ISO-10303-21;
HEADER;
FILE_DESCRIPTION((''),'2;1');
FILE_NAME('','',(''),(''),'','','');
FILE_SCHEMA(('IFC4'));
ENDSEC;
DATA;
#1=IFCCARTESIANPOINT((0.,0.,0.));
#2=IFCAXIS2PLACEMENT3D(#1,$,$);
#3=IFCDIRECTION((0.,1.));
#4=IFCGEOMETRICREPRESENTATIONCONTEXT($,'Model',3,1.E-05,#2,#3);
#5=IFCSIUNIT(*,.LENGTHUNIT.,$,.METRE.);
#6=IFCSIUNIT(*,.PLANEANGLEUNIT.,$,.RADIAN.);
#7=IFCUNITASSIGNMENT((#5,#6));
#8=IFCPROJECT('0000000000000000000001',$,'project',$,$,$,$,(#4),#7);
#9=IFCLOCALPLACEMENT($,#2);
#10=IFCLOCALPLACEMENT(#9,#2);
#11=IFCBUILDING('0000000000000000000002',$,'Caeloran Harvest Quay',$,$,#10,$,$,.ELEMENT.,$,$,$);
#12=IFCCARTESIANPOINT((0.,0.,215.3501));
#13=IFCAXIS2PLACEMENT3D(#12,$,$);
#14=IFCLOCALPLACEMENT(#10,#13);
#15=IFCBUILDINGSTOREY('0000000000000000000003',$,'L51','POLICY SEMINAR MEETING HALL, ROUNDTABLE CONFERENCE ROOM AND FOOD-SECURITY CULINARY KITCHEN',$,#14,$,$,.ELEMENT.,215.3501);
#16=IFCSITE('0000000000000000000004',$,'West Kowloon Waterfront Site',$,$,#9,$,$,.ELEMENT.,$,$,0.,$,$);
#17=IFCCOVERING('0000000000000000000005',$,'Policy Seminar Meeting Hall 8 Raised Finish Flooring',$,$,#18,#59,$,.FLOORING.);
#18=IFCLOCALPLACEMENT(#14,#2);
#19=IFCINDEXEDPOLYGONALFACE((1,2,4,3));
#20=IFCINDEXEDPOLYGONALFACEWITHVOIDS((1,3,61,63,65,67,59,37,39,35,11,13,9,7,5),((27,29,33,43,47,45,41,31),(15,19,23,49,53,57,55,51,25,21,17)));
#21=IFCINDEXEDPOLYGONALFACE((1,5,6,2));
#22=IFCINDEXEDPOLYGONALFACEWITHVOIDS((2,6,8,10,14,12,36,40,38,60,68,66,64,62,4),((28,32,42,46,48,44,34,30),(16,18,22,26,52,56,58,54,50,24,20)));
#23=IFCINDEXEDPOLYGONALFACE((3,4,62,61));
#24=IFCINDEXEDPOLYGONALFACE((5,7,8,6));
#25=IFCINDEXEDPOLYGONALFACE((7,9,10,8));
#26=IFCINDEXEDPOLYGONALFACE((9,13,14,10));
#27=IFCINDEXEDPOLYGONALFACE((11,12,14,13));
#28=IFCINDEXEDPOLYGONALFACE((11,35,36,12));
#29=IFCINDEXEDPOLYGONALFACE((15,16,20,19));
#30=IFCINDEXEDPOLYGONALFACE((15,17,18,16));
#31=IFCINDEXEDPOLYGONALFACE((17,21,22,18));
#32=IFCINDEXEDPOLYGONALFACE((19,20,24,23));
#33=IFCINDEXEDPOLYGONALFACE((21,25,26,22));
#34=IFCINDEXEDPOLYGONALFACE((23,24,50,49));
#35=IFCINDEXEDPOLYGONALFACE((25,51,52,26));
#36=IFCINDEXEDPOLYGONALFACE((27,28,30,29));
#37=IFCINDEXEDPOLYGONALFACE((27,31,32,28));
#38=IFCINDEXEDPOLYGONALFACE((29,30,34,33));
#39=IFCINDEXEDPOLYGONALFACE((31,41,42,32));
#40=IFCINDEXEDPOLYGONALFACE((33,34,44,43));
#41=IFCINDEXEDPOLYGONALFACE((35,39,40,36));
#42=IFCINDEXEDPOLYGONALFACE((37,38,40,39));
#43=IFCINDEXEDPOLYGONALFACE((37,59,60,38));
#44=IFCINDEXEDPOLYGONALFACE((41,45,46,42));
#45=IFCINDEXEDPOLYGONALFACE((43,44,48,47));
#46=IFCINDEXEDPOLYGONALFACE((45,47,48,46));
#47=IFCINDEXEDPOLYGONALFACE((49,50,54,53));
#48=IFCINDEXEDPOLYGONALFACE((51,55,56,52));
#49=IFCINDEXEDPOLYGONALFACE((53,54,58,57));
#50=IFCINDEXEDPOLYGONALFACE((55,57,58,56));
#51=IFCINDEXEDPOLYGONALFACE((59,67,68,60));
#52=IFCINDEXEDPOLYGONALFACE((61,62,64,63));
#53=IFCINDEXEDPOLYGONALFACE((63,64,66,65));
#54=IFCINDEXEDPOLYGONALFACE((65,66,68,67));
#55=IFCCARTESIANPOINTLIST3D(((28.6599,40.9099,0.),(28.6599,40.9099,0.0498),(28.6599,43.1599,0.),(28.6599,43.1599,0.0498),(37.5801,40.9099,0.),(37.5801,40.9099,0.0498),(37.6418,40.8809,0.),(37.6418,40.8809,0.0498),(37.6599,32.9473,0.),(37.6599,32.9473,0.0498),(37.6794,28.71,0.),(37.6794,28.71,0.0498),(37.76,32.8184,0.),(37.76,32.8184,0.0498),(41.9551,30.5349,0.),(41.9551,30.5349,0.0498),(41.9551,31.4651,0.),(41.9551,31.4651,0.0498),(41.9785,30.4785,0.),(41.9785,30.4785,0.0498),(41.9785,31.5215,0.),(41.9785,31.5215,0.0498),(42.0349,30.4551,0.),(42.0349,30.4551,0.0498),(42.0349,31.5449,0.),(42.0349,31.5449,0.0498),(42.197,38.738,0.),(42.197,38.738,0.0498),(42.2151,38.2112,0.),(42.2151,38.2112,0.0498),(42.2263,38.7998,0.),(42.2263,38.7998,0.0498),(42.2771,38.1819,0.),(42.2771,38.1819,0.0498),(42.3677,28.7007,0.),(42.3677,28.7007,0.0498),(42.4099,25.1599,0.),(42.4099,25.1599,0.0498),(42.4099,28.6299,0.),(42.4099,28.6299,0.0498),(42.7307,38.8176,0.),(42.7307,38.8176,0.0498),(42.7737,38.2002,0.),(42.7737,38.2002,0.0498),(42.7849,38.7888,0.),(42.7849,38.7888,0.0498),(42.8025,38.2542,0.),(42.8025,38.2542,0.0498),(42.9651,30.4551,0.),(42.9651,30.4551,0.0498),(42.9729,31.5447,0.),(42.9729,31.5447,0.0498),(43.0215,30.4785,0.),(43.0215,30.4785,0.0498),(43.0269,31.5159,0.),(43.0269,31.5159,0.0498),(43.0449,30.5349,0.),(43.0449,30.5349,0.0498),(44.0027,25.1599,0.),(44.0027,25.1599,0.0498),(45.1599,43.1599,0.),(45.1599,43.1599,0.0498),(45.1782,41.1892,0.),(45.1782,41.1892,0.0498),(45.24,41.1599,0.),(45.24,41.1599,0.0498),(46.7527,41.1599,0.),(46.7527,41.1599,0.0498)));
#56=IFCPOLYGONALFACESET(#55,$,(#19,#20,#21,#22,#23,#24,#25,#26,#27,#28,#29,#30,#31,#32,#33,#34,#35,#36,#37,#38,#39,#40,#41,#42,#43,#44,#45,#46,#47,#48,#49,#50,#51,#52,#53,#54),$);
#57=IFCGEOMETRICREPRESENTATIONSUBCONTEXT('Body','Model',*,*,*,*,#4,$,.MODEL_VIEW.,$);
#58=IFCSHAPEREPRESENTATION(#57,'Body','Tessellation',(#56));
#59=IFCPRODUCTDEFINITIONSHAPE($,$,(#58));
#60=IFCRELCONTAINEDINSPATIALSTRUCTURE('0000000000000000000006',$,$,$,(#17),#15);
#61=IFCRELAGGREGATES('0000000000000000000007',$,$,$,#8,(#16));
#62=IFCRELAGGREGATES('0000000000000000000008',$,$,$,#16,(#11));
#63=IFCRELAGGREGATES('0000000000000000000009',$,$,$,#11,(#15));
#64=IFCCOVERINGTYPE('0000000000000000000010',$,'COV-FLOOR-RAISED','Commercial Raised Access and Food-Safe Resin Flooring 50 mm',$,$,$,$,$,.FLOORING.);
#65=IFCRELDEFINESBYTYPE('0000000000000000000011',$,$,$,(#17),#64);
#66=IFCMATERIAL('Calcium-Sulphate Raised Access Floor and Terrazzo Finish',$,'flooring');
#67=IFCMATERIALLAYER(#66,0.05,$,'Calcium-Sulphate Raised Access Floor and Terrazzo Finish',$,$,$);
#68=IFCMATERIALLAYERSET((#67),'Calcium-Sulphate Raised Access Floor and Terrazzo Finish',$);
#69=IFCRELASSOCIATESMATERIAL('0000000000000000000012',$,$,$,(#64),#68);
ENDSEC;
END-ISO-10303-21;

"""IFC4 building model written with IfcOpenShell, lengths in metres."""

from ifc_helpers import new_model, si_unit, direction, frame, origin, place, context, subcontext, project, spatial, polyline, outline, extrude, material, layer, layer_set, type_object, element, save


model = new_model("IFC4")

# Units and contexts
model_context = context("Model", 3, precision=1e-05, world=origin(), true_north=direction((0.0, 1.0)))
body_context = subcontext(model_context, "Body", "Model", "MODEL_VIEW")
ifc_project = project(units=[si_unit("LENGTHUNIT", "METRE"), si_unit("PLANEANGLEUNIT", "RADIAN")], contexts=[model_context])

# Site, building, storey
site_placement = place(None, origin())
site = spatial("IfcSite", under=ifc_project, at=site_placement, Name="West Kowloon Waterfront Site", CompositionType="ELEMENT", RefElevation=0.0)
building_placement = place(site_placement, origin())
building = spatial("IfcBuilding", under=site, at=building_placement, Name="Caeloran Harvest Quay", CompositionType="ELEMENT")
storey_placement = place(building_placement, frame((0.0, 0.0, 215.3501)))
storey = spatial("IfcBuildingStorey", under=building, at=storey_placement, Name="L51", Description="POLICY SEMINAR MEETING HALL, ROUNDTABLE CONFERENCE ROOM AND FOOD-SECURITY CULINARY KITCHEN", CompositionType="ELEMENT", Elevation=215.3501)

# Covering
ifc_material_1 = material(Name="Calcium-Sulphate Raised Access Floor and Terrazzo Finish", Category="flooring")
ifc_layer_1 = layer(ifc_material_1, 0.05, Name="Calcium-Sulphate Raised Access Floor and Terrazzo Finish")
ifc_layer_set_1 = layer_set([ifc_layer_1], Name="Calcium-Sulphate Raised Access Floor and Terrazzo Finish")
covering_type_1 = type_object("IfcCoveringType", Name="COV-FLOOR-RAISED", Description="Commercial Raised Access and Food-Safe Resin Flooring 50 mm", PredefinedType="FLOORING", material=ifc_layer_set_1)
covering_1_placement = place(storey_placement, origin())
element("IfcCovering", 1, at=covering_1_placement, inside=storey, type_object=covering_type_1, Name="Policy Seminar Meeting Hall 8 Raised Finish Flooring", PredefinedType="FLOORING", context=body_context, shape_type="SweptSolid", body=[
    extrude(outline(polyline([(28.6599, 43.1599), (45.1599, 43.1599), (45.1782, 41.1892), (45.24, 41.1599), (46.7527, 41.1599), (44.0027, 25.1599), (42.4099, 25.1599), (42.4099, 28.6299), (42.3677, 28.7007), (37.6794, 28.71), (37.76, 32.8184), (37.6599, 32.9473), (37.6418, 40.8809), (37.5801, 40.9099), (28.6599, 40.9099), (28.6599, 43.1599)]), holes=[polyline([(43.0449, 30.5349), (43.0269, 31.5159), (42.9729, 31.5447), (42.0349, 31.5449), (41.9785, 31.5215), (41.9551, 31.4651), (41.9551, 30.5349), (41.9785, 30.4785), (42.0349, 30.4551), (42.9651, 30.4551), (43.0215, 30.4785), (43.0449, 30.5349)]), polyline([(42.8025, 38.2542), (42.7849, 38.7888), (42.7307, 38.8176), (42.2263, 38.7998), (42.197, 38.738), (42.2151, 38.2112), (42.2771, 38.1819), (42.7737, 38.2002), (42.8025, 38.2542)])]), origin(), (0.0, 0.0, 1.0), 0.0498),
])

save(model, "model.ifc")
